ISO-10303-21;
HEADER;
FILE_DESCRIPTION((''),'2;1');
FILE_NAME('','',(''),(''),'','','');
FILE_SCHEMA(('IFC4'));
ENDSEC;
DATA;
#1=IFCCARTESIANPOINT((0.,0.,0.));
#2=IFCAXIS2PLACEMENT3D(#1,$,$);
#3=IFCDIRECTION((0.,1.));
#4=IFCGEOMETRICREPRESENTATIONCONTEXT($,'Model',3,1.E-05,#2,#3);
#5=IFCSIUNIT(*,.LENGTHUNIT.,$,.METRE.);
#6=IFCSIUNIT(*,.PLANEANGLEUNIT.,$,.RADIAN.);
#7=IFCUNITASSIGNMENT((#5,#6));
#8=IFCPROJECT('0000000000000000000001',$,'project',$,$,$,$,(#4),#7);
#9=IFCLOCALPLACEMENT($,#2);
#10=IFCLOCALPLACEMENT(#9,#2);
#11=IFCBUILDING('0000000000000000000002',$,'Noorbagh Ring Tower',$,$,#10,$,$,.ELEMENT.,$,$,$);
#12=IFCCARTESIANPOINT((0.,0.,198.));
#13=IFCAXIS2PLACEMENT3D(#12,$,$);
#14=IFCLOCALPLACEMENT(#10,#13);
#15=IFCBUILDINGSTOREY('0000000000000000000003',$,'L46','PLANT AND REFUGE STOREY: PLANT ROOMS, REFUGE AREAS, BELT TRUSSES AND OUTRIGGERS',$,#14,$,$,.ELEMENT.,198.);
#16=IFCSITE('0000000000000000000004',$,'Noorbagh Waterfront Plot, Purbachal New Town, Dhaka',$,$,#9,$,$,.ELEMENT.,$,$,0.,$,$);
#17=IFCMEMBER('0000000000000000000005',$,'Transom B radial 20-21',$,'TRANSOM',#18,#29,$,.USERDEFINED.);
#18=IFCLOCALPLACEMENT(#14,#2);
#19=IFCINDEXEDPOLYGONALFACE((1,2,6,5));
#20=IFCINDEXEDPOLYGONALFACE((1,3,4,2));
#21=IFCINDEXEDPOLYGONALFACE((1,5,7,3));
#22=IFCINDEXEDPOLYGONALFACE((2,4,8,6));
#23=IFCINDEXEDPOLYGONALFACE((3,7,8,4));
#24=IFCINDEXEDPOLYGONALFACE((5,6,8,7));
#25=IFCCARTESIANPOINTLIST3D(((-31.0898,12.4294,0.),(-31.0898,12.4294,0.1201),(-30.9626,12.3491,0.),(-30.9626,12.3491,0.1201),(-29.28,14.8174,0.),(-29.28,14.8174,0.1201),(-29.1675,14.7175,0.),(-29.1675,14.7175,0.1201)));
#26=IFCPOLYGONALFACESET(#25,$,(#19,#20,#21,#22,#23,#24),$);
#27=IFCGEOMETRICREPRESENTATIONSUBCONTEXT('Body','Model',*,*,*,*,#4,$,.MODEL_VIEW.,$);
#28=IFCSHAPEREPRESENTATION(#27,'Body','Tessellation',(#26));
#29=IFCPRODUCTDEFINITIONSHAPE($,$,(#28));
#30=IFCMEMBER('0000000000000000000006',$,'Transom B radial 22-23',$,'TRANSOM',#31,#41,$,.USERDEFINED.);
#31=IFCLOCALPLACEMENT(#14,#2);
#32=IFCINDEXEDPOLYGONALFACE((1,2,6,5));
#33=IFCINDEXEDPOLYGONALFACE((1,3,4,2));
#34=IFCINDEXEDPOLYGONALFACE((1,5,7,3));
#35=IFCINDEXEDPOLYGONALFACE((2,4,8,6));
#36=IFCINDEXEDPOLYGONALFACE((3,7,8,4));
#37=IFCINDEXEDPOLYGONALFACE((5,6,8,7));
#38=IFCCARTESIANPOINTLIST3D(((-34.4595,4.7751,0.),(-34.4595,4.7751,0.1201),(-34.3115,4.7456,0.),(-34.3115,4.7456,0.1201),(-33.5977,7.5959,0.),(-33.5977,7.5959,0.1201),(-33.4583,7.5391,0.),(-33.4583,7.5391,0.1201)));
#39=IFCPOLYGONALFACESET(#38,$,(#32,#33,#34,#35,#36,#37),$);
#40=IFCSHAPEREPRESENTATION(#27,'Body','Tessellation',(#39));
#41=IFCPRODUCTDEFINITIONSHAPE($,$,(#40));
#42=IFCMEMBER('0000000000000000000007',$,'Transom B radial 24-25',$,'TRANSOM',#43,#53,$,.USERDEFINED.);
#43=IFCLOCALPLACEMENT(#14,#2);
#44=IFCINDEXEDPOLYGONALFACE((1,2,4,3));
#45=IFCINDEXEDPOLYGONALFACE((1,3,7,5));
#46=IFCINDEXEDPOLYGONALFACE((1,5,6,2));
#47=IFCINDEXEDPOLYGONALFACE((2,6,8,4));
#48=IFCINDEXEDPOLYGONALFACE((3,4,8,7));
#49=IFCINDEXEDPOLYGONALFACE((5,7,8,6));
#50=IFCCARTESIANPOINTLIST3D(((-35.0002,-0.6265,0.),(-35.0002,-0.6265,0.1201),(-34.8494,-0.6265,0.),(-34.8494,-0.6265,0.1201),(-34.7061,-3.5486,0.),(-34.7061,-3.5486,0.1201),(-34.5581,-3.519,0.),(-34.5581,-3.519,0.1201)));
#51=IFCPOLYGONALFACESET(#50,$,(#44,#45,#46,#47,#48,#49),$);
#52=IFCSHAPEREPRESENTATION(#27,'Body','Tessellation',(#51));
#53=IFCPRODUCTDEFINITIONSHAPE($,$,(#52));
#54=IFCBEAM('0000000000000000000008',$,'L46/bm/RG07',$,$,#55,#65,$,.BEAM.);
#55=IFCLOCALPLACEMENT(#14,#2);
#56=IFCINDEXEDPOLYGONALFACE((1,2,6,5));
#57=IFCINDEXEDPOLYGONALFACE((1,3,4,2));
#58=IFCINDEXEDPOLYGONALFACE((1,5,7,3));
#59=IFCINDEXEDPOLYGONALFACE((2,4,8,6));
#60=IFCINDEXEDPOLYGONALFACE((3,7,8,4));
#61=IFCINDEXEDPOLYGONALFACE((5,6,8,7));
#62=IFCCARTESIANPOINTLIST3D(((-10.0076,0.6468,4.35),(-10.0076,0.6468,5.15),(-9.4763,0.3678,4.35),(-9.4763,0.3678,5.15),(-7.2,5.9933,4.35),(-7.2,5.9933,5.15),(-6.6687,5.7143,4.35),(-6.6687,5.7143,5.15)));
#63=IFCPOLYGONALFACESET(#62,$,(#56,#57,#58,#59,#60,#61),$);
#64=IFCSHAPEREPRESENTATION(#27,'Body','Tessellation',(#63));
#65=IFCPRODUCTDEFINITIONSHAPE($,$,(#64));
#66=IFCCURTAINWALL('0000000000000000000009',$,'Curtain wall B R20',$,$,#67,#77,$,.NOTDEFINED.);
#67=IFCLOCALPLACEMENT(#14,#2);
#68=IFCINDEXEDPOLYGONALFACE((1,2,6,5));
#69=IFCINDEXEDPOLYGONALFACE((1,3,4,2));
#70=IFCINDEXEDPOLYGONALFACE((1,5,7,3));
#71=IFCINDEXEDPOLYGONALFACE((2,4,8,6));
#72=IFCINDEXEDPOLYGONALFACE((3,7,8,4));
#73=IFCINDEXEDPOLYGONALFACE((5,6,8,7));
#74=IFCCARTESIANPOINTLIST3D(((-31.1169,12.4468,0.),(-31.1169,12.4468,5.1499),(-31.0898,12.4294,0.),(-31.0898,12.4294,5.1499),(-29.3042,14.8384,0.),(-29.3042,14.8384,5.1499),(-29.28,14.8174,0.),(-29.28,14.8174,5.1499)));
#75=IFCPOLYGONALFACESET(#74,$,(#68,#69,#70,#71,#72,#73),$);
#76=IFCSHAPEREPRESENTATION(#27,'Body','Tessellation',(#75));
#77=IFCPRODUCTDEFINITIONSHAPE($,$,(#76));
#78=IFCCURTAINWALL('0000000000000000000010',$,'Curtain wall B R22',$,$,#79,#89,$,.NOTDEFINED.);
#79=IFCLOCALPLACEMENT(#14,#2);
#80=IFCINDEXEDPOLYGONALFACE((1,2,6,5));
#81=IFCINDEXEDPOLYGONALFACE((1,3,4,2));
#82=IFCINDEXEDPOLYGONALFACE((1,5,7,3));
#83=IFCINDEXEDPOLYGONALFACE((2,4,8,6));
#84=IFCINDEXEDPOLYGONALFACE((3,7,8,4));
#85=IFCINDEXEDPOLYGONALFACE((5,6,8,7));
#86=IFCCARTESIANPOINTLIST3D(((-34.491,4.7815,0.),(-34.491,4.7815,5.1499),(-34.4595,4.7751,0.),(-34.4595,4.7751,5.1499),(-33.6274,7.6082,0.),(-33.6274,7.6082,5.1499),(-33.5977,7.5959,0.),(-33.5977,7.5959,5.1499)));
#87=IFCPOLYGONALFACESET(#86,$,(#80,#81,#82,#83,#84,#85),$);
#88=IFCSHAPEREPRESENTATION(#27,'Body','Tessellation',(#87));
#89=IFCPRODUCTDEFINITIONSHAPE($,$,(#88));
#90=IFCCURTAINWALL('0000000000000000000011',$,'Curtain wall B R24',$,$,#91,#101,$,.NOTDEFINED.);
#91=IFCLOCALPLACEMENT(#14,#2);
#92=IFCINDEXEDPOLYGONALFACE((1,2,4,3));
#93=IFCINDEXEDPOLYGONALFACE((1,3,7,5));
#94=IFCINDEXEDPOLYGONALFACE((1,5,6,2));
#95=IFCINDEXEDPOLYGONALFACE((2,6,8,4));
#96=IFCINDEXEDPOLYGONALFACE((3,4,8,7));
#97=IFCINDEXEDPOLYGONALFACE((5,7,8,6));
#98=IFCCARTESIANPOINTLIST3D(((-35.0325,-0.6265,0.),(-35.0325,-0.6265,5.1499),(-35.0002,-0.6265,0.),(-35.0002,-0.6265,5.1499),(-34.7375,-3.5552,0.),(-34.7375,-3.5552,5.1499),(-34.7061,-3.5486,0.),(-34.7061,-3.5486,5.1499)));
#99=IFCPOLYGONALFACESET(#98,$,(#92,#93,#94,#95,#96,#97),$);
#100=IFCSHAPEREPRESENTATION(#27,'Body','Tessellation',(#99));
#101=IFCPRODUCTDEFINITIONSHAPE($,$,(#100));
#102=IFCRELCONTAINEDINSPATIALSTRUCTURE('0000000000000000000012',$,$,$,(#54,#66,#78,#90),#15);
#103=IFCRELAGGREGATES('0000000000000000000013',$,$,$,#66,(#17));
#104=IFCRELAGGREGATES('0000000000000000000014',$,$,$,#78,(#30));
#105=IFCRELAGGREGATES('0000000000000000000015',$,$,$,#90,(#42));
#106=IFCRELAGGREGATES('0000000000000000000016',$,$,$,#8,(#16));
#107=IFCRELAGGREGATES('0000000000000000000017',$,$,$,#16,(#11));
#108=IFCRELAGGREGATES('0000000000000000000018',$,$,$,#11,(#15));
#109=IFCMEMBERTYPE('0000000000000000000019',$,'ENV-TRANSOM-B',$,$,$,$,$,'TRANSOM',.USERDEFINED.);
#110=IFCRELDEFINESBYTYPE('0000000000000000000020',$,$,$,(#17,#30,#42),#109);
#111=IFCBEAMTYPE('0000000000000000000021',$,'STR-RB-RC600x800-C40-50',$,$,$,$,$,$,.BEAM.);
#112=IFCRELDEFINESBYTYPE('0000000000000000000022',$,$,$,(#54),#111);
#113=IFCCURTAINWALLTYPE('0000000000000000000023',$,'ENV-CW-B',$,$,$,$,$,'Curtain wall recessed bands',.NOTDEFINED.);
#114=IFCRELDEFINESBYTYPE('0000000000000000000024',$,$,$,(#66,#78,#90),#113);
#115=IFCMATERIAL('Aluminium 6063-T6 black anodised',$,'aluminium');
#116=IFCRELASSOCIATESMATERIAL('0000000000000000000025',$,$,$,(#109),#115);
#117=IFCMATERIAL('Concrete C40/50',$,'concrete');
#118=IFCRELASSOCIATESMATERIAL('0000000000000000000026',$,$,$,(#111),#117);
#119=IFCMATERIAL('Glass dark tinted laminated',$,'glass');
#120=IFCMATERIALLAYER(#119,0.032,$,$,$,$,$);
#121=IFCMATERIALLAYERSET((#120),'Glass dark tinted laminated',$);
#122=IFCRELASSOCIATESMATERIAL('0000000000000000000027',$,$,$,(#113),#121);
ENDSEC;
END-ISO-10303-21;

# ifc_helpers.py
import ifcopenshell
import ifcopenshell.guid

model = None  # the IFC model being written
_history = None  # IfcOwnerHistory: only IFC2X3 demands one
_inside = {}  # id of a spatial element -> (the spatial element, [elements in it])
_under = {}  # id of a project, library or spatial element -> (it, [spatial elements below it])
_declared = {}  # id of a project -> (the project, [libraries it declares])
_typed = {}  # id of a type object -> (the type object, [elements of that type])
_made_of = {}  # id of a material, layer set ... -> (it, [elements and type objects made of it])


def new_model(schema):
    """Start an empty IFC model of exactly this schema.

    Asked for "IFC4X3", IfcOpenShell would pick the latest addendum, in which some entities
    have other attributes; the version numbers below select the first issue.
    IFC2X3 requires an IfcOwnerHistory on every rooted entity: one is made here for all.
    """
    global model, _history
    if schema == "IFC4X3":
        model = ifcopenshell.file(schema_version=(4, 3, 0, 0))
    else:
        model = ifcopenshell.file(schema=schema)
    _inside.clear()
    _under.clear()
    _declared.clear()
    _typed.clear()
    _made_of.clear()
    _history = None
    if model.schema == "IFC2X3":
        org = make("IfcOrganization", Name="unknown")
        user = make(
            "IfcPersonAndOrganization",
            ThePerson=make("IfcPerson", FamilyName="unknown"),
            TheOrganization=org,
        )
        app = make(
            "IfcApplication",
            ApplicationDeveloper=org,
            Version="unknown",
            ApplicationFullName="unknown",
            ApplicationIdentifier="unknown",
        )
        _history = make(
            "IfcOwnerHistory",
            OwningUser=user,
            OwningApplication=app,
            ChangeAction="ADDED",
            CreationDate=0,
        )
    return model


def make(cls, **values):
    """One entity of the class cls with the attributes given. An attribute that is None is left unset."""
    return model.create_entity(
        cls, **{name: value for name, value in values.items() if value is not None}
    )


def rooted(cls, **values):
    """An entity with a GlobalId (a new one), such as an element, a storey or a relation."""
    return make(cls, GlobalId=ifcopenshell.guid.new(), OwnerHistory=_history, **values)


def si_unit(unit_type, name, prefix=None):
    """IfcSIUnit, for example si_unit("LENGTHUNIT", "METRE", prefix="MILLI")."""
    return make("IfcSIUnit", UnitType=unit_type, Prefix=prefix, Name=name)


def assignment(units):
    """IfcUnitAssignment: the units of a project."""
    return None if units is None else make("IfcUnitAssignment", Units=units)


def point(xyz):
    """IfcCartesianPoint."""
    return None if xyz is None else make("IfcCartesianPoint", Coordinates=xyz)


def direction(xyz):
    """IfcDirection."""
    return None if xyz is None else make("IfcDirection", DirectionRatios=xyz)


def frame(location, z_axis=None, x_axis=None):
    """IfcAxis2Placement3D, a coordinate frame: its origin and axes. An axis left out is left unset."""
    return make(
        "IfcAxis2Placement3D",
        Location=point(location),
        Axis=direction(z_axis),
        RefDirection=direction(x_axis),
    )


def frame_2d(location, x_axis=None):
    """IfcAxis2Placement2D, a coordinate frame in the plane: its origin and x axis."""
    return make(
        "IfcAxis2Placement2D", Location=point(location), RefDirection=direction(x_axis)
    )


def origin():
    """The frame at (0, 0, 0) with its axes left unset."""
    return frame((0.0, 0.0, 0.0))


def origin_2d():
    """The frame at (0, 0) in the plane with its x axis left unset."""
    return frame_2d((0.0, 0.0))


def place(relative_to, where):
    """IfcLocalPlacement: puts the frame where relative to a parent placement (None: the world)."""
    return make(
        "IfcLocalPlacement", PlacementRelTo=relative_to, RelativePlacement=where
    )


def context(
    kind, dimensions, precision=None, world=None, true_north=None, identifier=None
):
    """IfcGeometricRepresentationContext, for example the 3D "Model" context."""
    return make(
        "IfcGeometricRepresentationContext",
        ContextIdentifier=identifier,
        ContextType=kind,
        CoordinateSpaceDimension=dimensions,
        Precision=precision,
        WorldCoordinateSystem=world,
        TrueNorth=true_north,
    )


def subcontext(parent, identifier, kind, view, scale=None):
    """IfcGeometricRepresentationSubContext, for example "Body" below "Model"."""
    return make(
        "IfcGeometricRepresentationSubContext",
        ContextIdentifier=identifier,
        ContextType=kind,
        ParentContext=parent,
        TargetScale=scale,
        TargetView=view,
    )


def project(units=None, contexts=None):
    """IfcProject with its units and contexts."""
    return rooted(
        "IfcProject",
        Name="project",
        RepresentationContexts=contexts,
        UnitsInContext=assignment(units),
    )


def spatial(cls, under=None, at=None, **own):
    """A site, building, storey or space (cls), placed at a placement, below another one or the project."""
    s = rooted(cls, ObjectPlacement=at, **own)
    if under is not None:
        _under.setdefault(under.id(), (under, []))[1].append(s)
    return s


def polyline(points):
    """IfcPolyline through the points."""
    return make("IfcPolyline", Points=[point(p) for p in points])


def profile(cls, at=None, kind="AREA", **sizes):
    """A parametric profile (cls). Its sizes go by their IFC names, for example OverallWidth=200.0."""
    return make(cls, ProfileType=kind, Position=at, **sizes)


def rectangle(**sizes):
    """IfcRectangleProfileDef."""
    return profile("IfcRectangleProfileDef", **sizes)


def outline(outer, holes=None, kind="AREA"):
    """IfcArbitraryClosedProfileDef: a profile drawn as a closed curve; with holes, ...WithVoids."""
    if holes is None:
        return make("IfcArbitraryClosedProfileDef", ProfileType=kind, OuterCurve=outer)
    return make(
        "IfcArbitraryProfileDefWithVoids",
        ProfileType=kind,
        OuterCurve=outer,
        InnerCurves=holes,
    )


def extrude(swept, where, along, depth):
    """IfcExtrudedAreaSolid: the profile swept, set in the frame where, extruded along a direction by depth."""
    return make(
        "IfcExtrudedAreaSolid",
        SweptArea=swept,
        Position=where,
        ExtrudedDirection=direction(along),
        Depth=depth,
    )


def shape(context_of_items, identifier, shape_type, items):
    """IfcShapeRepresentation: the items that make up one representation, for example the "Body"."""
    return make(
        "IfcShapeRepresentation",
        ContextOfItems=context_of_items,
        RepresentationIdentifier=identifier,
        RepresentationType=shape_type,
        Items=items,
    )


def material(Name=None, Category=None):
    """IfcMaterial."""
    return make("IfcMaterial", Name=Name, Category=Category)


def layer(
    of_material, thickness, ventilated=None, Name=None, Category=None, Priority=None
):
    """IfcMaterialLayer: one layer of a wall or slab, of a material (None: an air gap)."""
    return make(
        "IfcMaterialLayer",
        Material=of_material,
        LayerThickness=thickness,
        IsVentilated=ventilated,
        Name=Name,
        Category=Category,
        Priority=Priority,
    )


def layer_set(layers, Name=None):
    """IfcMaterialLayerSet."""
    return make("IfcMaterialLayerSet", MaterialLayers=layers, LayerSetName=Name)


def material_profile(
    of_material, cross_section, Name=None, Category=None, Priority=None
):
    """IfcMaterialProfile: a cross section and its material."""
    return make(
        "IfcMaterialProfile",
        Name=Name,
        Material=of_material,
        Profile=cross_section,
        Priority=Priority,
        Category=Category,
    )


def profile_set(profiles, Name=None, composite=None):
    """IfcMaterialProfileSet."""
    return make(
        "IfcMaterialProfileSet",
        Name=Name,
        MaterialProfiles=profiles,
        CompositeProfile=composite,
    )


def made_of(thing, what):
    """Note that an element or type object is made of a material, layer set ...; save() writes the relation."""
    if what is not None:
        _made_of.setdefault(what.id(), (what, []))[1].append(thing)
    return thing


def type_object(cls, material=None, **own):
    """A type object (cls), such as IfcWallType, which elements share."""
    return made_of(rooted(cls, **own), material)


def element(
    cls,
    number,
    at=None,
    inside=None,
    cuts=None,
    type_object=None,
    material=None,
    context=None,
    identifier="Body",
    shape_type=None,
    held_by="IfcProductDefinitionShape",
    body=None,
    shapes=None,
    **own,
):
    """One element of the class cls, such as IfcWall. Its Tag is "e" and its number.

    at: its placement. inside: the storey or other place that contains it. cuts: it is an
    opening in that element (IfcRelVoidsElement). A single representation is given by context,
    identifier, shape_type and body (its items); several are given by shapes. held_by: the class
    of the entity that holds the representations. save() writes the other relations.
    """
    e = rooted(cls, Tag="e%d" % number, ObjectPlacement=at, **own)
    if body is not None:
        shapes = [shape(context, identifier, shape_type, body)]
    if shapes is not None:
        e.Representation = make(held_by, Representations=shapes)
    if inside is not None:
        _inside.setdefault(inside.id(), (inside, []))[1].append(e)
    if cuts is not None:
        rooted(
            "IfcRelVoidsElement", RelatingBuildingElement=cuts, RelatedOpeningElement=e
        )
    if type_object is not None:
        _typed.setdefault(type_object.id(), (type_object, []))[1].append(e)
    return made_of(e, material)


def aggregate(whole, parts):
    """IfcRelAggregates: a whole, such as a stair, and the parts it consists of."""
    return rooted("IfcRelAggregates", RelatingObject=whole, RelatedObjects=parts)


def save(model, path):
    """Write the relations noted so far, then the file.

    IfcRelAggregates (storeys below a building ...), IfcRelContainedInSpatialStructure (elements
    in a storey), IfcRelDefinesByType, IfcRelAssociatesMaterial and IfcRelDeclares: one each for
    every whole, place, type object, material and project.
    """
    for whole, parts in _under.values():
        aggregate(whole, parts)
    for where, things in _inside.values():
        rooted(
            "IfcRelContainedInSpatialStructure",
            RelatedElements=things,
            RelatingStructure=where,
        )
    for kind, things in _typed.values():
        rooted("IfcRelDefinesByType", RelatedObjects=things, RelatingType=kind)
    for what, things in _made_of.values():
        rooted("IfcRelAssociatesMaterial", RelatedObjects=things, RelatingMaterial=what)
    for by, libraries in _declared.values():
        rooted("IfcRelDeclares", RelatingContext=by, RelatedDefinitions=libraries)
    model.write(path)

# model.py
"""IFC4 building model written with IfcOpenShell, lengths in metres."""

from ifc_helpers import new_model, si_unit, direction, frame, origin, origin_2d, place, context, subcontext, project, spatial, polyline, rectangle, outline, extrude, material, layer, layer_set, material_profile, profile_set, type_object, element, aggregate, save


model = new_model("IFC4")

# Units and contexts
model_context = context("Model", 3, precision=1e-05, world=origin(), true_north=direction((0.0, 1.0)))
body_context = subcontext(model_context, "Body", "Model", "MODEL_VIEW")
ifc_project = project(units=[si_unit("LENGTHUNIT", "METRE"), si_unit("PLANEANGLEUNIT", "RADIAN")], contexts=[model_context])

# Site, building, storey
site_placement = place(None, origin())
site = spatial("IfcSite", under=ifc_project, at=site_placement, Name="Noorbagh Waterfront Plot, Purbachal New Town, Dhaka", CompositionType="ELEMENT", RefElevation=0.0)
building_placement = place(site_placement, origin())
building = spatial("IfcBuilding", under=site, at=building_placement, Name="Noorbagh Ring Tower", CompositionType="ELEMENT")
storey_placement = place(building_placement, frame((0.0, 0.0, 198.0)))
storey = spatial("IfcBuildingStorey", under=building, at=storey_placement, Name="L46", Description="PLANT AND REFUGE STOREY: PLANT ROOMS, REFUGE AREAS, BELT TRUSSES AND OUTRIGGERS", CompositionType="ELEMENT", Elevation=198.0)

# Members
ifc_material_1 = material(Name="Aluminium 6063-T6 black anodised", Category="aluminium")
member_type_1 = type_object("IfcMemberType", Name="ENV-TRANSOM-B", ElementType="TRANSOM", PredefinedType="USERDEFINED", material=ifc_material_1)
member_1_placement = place(storey_placement, origin())
member_1 = element("IfcMember", 1, at=member_1_placement, type_object=member_type_1, Name="Transom B radial 20-21", ObjectType="TRANSOM", PredefinedType="USERDEFINED", context=body_context, shape_type="SweptSolid", body=[
    extrude(outline(polyline([(-29.28, 14.8174), (-31.0898, 12.4294), (-30.9626, 12.3491), (-29.1675, 14.7175), (-29.28, 14.8174)])), origin(), (0.0, 0.0, 1.0), 0.1201),
])
member_2_placement = place(storey_placement, origin())
member_2 = element("IfcMember", 2, at=member_2_placement, type_object=member_type_1, Name="Transom B radial 22-23", ObjectType="TRANSOM", PredefinedType="USERDEFINED", context=body_context, shape_type="SweptSolid", body=[
    extrude(outline(polyline([(-33.5977, 7.5959), (-34.4595, 4.7751), (-34.3115, 4.7456), (-33.4583, 7.5391), (-33.5977, 7.5959)])), origin(), (0.0, 0.0, 1.0), 0.1201),
])
member_3_placement = place(storey_placement, origin())
member_3 = element("IfcMember", 3, at=member_3_placement, type_object=member_type_1, Name="Transom B radial 24-25", ObjectType="TRANSOM", PredefinedType="USERDEFINED", context=body_context, shape_type="SweptSolid", body=[
    extrude(outline(polyline([(-35.0002, -0.6265), (-34.7061, -3.5486), (-34.5581, -3.519), (-34.8494, -0.6265), (-35.0002, -0.6265)])), origin(), (0.0, 0.0, 1.0), 0.1201),
])

# Beam
ifc_material_2 = material(Name="Concrete C40/50", Category="concrete")
ifc_material_profile_1 = material_profile(ifc_material_2, rectangle(XDim=0.6001, YDim=0.8, at=origin_2d()), Name="RC600x800")
ifc_profile_set_1 = profile_set([ifc_material_profile_1], Name="Concrete C40/50")
beam_type = type_object("IfcBeamType", Name="STR-RB-RC600x800-C40-50", PredefinedType="BEAM", material=ifc_profile_set_1)
beam_placement = place(storey_placement, frame((-6.9343, 5.8538, 4.75), z_axis=(-0.46493, -0.885348, 0.0), x_axis=(0.885348, -0.46493, 0.0)))
element("IfcBeam", 4, at=beam_placement, inside=storey, type_object=beam_type, Name="L46/bm/RG07", PredefinedType="BEAM", context=body_context, shape_type="SweptSolid", body=[
    extrude(rectangle(XDim=0.6001, YDim=0.8, at=origin_2d()), origin(), (0.0, 0.0, 1.0), 6.0388),
])

# Curtain walls
ifc_material_3 = material(Name="Glass dark tinted laminated", Category="glass")
ifc_layer = layer(ifc_material_3, 0.032)
ifc_layer_set = layer_set([ifc_layer], Name="Glass dark tinted laminated")
curtain_wall_type = type_object("IfcCurtainWallType", Name="ENV-CW-B", ElementType="Curtain wall recessed bands", PredefinedType="NOTDEFINED", material=ifc_layer_set)
curtain_wall_1_placement = place(storey_placement, origin())
curtain_wall_1 = element("IfcCurtainWall", 5, at=curtain_wall_1_placement, inside=storey, type_object=curtain_wall_type, Name="Curtain wall B R20", PredefinedType="NOTDEFINED", context=body_context, shape_type="SweptSolid", body=[
    extrude(outline(polyline([(-29.3042, 14.8384), (-31.1169, 12.4468), (-31.0898, 12.4294), (-29.28, 14.8174), (-29.3042, 14.8384)])), origin(), (0.0, 0.0, 1.0), 5.1499),
])
aggregate(curtain_wall_1, [member_1])
curtain_wall_2_placement = place(storey_placement, origin())
curtain_wall_2 = element("IfcCurtainWall", 6, at=curtain_wall_2_placement, inside=storey, type_object=curtain_wall_type, Name="Curtain wall B R22", PredefinedType="NOTDEFINED", context=body_context, shape_type="SweptSolid", body=[
    extrude(outline(polyline([(-33.6274, 7.6082), (-34.491, 4.7815), (-34.4595, 4.7751), (-33.5977, 7.5959), (-33.6274, 7.6082)])), origin(), (0.0, 0.0, 1.0), 5.1499),
])
aggregate(curtain_wall_2, [member_2])
curtain_wall_3_placement = place(storey_placement, origin())
curtain_wall_3 = element("IfcCurtainWall", 7, at=curtain_wall_3_placement, inside=storey, type_object=curtain_wall_type, Name="Curtain wall B R24", PredefinedType="NOTDEFINED", context=body_context, shape_type="SweptSolid", body=[
    extrude(outline(polyline([(-35.0325, -0.6265), (-34.7375, -3.5552), (-34.7061, -3.5486), (-35.0002, -0.6265), (-35.0325, -0.6265)])), origin(), (0.0, 0.0, 1.0), 5.1499),
])
aggregate(curtain_wall_3, [member_3])

save(model, "model.ifc")
